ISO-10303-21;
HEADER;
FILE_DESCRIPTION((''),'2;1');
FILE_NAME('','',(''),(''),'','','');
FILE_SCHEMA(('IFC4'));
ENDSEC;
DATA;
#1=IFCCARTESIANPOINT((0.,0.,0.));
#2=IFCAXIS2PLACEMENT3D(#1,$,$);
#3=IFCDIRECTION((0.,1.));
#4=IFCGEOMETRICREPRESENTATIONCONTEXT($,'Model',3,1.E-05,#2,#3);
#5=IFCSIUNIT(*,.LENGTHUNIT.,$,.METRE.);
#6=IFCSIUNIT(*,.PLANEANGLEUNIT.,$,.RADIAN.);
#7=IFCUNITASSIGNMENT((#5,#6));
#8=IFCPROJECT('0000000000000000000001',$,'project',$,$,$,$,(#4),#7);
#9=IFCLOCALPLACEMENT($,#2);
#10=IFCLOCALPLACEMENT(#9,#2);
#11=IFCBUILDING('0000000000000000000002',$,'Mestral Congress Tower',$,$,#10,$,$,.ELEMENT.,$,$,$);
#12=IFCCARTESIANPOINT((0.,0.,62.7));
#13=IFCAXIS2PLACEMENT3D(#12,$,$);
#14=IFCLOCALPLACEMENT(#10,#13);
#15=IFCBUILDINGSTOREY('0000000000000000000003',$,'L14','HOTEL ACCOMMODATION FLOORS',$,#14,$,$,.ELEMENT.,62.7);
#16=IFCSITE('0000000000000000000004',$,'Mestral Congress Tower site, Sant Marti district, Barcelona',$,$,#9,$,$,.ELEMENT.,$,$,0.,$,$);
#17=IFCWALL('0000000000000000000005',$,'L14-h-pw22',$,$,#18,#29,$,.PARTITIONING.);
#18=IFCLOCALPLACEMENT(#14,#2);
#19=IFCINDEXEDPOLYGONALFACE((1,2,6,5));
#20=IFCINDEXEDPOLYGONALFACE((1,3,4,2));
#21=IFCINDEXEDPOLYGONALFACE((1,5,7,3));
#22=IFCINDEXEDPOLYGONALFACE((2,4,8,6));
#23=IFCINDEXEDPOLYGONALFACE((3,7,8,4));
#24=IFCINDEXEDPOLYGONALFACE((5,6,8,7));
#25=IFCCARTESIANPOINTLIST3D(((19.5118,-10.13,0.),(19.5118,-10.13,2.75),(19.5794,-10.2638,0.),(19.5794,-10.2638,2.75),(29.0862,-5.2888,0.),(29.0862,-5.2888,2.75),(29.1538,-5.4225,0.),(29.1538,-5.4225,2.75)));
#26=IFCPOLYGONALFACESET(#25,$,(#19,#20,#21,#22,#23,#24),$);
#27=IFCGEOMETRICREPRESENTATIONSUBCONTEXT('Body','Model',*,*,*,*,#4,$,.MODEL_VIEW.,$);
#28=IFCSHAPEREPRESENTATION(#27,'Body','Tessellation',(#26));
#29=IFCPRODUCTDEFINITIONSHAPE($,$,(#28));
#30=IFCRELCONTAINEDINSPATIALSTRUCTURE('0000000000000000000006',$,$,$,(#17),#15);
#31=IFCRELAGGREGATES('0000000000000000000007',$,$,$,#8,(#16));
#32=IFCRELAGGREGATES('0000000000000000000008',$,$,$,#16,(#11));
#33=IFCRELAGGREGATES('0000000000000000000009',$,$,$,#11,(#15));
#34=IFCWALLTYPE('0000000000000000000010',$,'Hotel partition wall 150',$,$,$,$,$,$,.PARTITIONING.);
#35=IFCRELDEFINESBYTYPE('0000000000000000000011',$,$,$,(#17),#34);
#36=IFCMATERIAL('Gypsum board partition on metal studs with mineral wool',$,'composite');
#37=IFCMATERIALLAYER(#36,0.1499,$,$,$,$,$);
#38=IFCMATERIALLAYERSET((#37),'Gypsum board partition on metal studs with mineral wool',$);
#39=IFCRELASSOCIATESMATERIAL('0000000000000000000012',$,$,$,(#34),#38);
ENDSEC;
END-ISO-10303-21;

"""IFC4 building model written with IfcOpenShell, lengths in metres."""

from ifc_helpers import new_model, si_unit, direction, frame, frame_2d, origin, place, context, subcontext, project, spatial, rectangle, extrude, material, layer, layer_set, type_object, element, save


model = new_model("IFC4")

# Units and contexts
model_context = context("Model", 3, precision=1e-05, world=origin(), true_north=direction((0.0, 1.0)))
body_context = subcontext(model_context, "Body", "Model", "MODEL_VIEW")
ifc_project = project(units=[si_unit("LENGTHUNIT", "METRE"), si_unit("PLANEANGLEUNIT", "RADIAN")], contexts=[model_context])

# Site, building, storey
site_placement = place(None, origin())
site = spatial("IfcSite", under=ifc_project, at=site_placement, Name="Mestral Congress Tower site, Sant Marti district, Barcelona", CompositionType="ELEMENT", RefElevation=0.0)
building_placement = place(site_placement, origin())
building = spatial("IfcBuilding", under=site, at=building_placement, Name="Mestral Congress Tower", CompositionType="ELEMENT")
storey_placement = place(building_placement, frame((0.0, 0.0, 62.7)))
storey = spatial("IfcBuildingStorey", under=building, at=storey_placement, Name="L14", Description="HOTEL ACCOMMODATION FLOORS", CompositionType="ELEMENT", Elevation=62.7)

# Shared definitions
ifc_material_1 = material(Name="Gypsum board partition on metal studs with mineral wool", Category="composite")

# Shared definitions
ifc_layer_1 = layer(ifc_material_1, 0.1499)
ifc_layer_set_1 = layer_set([ifc_layer_1], Name="Gypsum board partition on metal studs with mineral wool")
wall_type_1 = type_object("IfcWallType", Name="Hotel partition wall 150", PredefinedType="PARTITIONING", material=ifc_layer_set_1)

# Wall
wall_1_placement = place(storey_placement, frame((29.1199, -5.3557, 0.0), z_axis=(0.0, 0.0, 1.0), x_axis=(-0.892402, -0.451241, 0.0)))
element("IfcWall", 1, at=wall_1_placement, inside=storey, type_object=wall_type_1, Name="L14-h-pw22", PredefinedType="PARTITIONING", context=body_context, shape_type="SweptSolid", body=[
    extrude(rectangle(XDim=10.7288, YDim=0.1499, at=frame_2d((5.3643, 0.0))), origin(), (0.0, 0.0, 1.0), 2.75),
])

save(model, "model.ifc")
